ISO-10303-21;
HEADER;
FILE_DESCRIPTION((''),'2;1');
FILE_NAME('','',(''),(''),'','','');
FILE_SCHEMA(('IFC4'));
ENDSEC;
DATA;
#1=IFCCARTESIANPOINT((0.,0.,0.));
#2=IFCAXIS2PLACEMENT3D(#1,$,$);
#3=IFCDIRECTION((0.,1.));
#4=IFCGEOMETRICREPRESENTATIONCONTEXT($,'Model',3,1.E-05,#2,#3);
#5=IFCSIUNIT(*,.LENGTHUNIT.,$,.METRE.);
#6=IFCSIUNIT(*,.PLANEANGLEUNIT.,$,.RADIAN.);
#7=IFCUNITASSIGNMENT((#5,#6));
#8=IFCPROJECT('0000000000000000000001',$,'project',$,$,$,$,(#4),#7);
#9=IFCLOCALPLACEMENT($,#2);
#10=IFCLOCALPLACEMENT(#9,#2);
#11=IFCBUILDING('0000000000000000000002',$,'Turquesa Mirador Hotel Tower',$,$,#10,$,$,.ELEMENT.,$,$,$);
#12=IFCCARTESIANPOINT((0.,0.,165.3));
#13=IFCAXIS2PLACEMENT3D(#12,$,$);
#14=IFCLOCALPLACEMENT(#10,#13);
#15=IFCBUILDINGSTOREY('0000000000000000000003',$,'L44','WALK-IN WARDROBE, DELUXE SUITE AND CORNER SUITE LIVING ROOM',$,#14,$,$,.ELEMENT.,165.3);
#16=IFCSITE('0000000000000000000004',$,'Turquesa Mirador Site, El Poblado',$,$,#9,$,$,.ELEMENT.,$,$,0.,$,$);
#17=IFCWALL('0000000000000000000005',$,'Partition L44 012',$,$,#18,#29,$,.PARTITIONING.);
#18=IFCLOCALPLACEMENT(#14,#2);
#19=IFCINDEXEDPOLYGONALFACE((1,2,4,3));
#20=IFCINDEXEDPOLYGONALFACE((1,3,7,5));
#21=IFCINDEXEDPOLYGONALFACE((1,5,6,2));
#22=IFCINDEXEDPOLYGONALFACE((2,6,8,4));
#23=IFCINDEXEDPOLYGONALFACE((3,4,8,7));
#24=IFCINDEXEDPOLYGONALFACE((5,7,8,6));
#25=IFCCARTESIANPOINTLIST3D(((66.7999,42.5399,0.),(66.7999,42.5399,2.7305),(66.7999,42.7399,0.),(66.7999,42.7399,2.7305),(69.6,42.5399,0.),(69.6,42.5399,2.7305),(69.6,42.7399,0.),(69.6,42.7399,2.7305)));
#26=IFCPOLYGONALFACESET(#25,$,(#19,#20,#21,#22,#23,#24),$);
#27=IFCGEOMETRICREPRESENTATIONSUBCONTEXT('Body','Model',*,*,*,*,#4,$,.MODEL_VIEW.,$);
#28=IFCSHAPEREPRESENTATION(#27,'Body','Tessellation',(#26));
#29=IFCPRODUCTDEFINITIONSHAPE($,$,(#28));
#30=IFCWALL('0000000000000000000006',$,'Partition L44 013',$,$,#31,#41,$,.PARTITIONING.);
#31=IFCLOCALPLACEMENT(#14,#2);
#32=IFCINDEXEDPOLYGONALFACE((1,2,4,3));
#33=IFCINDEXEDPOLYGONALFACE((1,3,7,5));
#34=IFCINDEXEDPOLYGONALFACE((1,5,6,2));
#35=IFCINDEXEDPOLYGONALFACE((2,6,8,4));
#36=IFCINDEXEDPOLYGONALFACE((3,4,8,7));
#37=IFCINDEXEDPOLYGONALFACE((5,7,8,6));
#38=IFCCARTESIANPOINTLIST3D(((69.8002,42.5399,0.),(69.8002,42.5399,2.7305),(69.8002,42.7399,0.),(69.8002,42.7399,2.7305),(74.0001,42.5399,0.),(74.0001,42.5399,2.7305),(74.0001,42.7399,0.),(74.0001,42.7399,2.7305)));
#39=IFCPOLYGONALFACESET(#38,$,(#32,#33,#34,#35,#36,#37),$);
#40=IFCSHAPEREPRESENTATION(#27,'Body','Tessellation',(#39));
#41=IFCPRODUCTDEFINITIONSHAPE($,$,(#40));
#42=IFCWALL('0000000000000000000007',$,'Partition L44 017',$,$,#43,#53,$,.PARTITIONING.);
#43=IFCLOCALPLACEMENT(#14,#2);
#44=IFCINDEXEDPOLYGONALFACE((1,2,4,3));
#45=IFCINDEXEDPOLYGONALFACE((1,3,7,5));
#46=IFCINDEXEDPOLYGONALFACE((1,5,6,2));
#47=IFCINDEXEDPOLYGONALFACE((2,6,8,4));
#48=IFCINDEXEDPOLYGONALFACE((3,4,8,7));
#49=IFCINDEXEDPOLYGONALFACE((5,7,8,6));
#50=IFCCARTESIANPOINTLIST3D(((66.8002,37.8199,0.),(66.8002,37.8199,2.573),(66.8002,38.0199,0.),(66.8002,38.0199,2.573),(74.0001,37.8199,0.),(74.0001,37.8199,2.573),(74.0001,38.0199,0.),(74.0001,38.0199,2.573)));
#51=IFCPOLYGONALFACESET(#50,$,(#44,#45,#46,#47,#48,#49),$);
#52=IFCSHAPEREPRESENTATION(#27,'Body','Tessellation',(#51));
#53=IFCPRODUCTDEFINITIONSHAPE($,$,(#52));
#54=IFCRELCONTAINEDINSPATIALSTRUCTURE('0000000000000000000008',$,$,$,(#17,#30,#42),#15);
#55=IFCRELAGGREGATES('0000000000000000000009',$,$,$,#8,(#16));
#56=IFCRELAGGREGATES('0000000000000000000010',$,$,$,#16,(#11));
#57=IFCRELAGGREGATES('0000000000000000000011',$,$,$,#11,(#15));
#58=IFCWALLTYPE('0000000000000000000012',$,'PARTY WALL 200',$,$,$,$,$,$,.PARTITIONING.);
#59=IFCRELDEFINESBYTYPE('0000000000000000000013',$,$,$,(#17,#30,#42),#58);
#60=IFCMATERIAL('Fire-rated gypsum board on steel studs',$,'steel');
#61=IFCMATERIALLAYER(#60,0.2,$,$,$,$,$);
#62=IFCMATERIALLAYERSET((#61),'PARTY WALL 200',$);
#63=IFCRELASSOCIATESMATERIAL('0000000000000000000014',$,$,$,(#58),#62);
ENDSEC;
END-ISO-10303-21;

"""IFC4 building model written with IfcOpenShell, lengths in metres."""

from ifc_helpers import new_model, si_unit, direction, frame, frame_2d, origin, place, context, subcontext, project, spatial, rectangle, extrude, material, layer, layer_set, type_object, element, save


model = new_model("IFC4")

# Units and contexts
model_context = context("Model", 3, precision=1e-05, world=origin(), true_north=direction((0.0, 1.0)))
body_context = subcontext(model_context, "Body", "Model", "MODEL_VIEW")
ifc_project = project(units=[si_unit("LENGTHUNIT", "METRE"), si_unit("PLANEANGLEUNIT", "RADIAN")], contexts=[model_context])

# Site, building, storey
site_placement = place(None, origin())
site = spatial("IfcSite", under=ifc_project, at=site_placement, Name="Turquesa Mirador Site, El Poblado", CompositionType="ELEMENT", RefElevation=0.0)
building_placement = place(site_placement, origin())
building = spatial("IfcBuilding", under=site, at=building_placement, Name="Turquesa Mirador Hotel Tower", CompositionType="ELEMENT")
storey_placement = place(building_placement, frame((0.0, 0.0, 165.3)))
storey = spatial("IfcBuildingStorey", under=building, at=storey_placement, Name="L44", Description="WALK-IN WARDROBE, DELUXE SUITE AND CORNER SUITE LIVING ROOM", CompositionType="ELEMENT", Elevation=165.3)

# Walls
ifc_material_1 = material(Name="Fire-rated gypsum board on steel studs", Category="steel")
ifc_layer_1 = layer(ifc_material_1, 0.2)
ifc_layer_set_1 = layer_set([ifc_layer_1], Name="PARTY WALL 200")
wall_type_1 = type_object("IfcWallType", Name="PARTY WALL 200", PredefinedType="PARTITIONING", material=ifc_layer_set_1)
wall_1_placement = place(storey_placement, frame((66.8, 42.6399, 0.0), z_axis=(0.0, 0.0, 1.0), x_axis=(1.0, 0.0, 0.0)))
element("IfcWall", 1, at=wall_1_placement, inside=storey, type_object=wall_type_1, Name="Partition L44 012", PredefinedType="PARTITIONING", context=body_context, shape_type="SweptSolid", body=[
    extrude(rectangle(XDim=2.8, YDim=0.2, at=frame_2d((1.3999, 0.0))), origin(), (0.0, 0.0, 1.0), 2.7305),
])
wall_2_placement = place(storey_placement, frame((69.8, 42.6399, 0.0), z_axis=(0.0, 0.0, 1.0), x_axis=(1.0, 0.0, 0.0)))
element("IfcWall", 2, at=wall_2_placement, inside=storey, type_object=wall_type_1, Name="Partition L44 013", PredefinedType="PARTITIONING", context=body_context, shape_type="SweptSolid", body=[
    extrude(rectangle(XDim=4.2, YDim=0.2, at=frame_2d((2.1001, 0.0))), origin(), (0.0, 0.0, 1.0), 2.7305),
])
wall_3_placement = place(storey_placement, frame((66.8, 37.9199, 0.0), z_axis=(0.0, 0.0, 1.0), x_axis=(1.0, 0.0, 0.0)))
element("IfcWall", 3, at=wall_3_placement, inside=storey, type_object=wall_type_1, Name="Partition L44 017", PredefinedType="PARTITIONING", context=body_context, shape_type="SweptSolid", body=[
    extrude(rectangle(XDim=7.2, YDim=0.2, at=frame_2d((3.6001, 0.0))), origin(), (0.0, 0.0, 1.0), 2.573),
])

save(model, "model.ifc")
